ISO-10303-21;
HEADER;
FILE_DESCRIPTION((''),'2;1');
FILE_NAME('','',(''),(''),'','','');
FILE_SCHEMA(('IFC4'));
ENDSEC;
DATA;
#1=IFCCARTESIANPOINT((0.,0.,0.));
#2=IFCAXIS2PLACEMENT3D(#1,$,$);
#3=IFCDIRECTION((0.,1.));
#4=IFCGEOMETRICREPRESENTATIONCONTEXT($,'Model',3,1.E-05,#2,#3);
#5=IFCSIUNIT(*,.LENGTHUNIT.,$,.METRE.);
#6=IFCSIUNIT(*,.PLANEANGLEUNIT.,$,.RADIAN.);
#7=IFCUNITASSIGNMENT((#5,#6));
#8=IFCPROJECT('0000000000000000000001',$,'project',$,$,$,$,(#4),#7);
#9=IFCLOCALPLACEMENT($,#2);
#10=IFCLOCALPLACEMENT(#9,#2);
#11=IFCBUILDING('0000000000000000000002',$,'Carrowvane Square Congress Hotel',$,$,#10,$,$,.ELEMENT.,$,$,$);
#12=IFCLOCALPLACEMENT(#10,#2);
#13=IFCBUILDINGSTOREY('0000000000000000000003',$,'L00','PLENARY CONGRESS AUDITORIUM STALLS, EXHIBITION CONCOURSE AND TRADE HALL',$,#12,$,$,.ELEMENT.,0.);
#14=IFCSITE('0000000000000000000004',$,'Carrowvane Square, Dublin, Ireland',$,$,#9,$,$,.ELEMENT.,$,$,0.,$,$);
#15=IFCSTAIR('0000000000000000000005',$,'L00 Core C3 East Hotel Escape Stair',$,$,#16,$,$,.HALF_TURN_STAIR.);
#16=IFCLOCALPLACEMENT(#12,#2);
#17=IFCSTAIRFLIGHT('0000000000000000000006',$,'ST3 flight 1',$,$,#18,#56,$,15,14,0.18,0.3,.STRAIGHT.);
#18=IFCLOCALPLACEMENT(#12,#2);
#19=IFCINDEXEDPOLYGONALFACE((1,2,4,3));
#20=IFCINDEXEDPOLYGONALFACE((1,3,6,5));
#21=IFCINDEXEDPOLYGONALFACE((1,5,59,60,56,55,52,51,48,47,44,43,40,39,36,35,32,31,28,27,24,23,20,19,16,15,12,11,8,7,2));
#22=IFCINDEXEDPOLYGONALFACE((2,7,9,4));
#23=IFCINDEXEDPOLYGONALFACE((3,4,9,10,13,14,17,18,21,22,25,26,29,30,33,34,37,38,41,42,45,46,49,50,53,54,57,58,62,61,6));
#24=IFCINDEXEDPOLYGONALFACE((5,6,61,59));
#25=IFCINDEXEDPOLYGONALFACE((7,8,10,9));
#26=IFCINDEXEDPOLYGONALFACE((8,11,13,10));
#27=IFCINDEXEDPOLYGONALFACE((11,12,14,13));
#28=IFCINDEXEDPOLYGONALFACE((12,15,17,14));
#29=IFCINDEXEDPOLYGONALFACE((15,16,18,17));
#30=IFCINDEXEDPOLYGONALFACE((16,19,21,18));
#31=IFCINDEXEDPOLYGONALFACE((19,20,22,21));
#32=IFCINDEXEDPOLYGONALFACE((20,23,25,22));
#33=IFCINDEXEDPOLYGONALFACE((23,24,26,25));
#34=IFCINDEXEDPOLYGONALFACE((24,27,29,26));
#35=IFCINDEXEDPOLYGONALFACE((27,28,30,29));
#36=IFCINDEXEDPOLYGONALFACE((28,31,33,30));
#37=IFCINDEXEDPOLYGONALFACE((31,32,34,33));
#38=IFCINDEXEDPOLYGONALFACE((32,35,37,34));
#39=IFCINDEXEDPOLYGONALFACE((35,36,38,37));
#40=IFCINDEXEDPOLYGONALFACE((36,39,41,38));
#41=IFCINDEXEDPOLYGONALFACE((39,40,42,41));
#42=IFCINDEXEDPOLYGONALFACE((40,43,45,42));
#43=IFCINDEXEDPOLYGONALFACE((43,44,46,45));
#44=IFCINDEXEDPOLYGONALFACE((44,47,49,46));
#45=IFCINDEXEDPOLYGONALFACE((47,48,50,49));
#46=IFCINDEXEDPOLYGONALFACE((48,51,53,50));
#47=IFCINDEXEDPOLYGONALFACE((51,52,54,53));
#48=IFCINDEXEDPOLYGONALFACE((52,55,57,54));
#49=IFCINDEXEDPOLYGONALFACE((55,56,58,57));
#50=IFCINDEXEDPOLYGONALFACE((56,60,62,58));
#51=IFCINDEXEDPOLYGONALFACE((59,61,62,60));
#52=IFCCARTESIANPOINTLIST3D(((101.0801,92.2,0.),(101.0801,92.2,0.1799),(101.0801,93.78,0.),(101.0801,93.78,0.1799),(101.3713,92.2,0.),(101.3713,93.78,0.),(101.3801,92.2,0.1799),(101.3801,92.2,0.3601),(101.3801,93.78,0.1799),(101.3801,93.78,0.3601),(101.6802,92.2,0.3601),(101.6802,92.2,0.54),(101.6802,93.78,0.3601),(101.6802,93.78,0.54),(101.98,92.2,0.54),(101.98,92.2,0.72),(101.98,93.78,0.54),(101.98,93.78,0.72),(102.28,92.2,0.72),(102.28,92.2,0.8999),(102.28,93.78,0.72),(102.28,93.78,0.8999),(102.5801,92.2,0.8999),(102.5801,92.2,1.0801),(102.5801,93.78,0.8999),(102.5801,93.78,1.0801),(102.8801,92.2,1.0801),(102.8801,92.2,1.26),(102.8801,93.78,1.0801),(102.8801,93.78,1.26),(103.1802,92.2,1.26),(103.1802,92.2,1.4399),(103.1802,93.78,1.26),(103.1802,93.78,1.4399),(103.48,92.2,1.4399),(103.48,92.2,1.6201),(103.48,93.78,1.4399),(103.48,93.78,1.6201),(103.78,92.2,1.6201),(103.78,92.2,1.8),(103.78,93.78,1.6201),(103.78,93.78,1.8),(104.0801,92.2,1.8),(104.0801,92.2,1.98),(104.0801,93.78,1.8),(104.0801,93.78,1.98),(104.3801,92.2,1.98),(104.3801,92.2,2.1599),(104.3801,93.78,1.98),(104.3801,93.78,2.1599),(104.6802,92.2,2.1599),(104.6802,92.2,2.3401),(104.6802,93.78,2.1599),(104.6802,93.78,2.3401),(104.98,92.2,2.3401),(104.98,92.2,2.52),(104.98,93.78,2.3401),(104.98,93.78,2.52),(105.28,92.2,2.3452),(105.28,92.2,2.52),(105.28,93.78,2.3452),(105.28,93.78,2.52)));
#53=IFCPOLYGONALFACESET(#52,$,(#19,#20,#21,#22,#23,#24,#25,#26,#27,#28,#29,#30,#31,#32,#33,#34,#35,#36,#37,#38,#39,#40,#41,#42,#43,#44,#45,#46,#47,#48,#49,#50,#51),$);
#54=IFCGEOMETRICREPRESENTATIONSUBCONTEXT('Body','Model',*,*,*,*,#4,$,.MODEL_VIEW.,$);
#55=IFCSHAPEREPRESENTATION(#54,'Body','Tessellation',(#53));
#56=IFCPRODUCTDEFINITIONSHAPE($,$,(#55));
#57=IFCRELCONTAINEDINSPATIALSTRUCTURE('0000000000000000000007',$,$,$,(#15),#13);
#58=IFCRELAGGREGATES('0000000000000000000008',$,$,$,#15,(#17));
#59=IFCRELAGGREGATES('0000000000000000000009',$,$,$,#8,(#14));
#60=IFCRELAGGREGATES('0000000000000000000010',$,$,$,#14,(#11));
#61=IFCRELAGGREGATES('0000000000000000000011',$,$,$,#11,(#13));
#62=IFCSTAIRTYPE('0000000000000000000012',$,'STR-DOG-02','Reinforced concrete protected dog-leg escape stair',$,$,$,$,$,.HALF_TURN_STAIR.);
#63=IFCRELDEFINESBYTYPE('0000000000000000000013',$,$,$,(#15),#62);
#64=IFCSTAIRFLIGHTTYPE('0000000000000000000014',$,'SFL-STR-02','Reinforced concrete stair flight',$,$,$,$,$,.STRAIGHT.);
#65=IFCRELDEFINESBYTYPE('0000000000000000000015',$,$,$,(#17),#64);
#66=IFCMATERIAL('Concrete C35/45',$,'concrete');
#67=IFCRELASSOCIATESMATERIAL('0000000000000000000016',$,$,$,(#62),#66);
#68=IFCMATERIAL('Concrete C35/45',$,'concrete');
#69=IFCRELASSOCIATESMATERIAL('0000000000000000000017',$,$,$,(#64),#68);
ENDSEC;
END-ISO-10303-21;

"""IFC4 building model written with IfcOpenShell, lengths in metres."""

from ifc_helpers import new_model, si_unit, direction, frame, origin, place, context, subcontext, project, spatial, polyline, outline, extrude, material, type_object, element, aggregate, save


model = new_model("IFC4")

# Units and contexts
model_context = context("Model", 3, precision=1e-05, world=origin(), true_north=direction((0.0, 1.0)))
body_context = subcontext(model_context, "Body", "Model", "MODEL_VIEW")
ifc_project = project(units=[si_unit("LENGTHUNIT", "METRE"), si_unit("PLANEANGLEUNIT", "RADIAN")], contexts=[model_context])

# Site, building, storey
site_placement = place(None, origin())
site = spatial("IfcSite", under=ifc_project, at=site_placement, Name="Carrowvane Square, Dublin, Ireland", CompositionType="ELEMENT", RefElevation=0.0)
building_placement = place(site_placement, origin())
building = spatial("IfcBuilding", under=site, at=building_placement, Name="Carrowvane Square Congress Hotel", CompositionType="ELEMENT")
storey_placement = place(building_placement, origin())
storey = spatial("IfcBuildingStorey", under=building, at=storey_placement, Name="L00", Description="PLENARY CONGRESS AUDITORIUM STALLS, EXHIBITION CONCOURSE AND TRADE HALL", CompositionType="ELEMENT", Elevation=0.0)

# Stair, stair flight
ifc_material_1 = material(Name="Concrete C35/45", Category="concrete")
stair_type = type_object("IfcStairType", Name="STR-DOG-02", Description="Reinforced concrete protected dog-leg escape stair", PredefinedType="HALF_TURN_STAIR", material=ifc_material_1)
stair_placement = place(storey_placement, origin())
stair = element("IfcStair", 1, at=stair_placement, inside=storey, type_object=stair_type, Name="L00 Core C3 East Hotel Escape Stair", PredefinedType="HALF_TURN_STAIR")
ifc_material_2 = material(Name="Concrete C35/45", Category="concrete")
stair_flight_type = type_object("IfcStairFlightType", Name="SFL-STR-02", Description="Reinforced concrete stair flight", PredefinedType="STRAIGHT", material=ifc_material_2)
stair_flight_placement = place(storey_placement, frame((101.0801, 92.99, 0.0), z_axis=(0.0, 0.0, 1.0), x_axis=(1.0, 0.0, 0.0)))
stair_flight = element("IfcStairFlight", 2, at=stair_flight_placement, type_object=stair_flight_type, Name="ST3 flight 1", NumberOfRisers=15, NumberOfTreads=14, PredefinedType="STRAIGHT", RiserHeight=0.18, TreadLength=0.3, context=body_context, shape_type="SweptSolid", body=[
    extrude(outline(polyline([(0.0, 0.0), (0.0, 0.1799), (0.3, 0.1799), (0.3, 0.3601), (0.6001, 0.3601), (0.6001, 0.54), (0.8999, 0.54), (0.8999, 0.72), (1.2, 0.72), (1.2, 0.8999), (1.5, 0.8999), (1.5, 1.0801), (1.8, 1.0801), (1.8, 1.26), (2.1001, 1.26), (2.1001, 1.4399), (2.3999, 1.4399), (2.3999, 1.6201), (2.7, 1.6201), (2.7, 1.8), (3.0, 1.8), (3.0, 1.98), (3.3, 1.98), (3.3, 2.1599), (3.6001, 2.1599), (3.6001, 2.3401), (3.8999, 2.3401), (3.8999, 2.52), (4.2, 2.52), (4.2, 2.7), (4.2, 2.3452), (0.2913, 0.0), (0.0, 0.0)])), frame((0.0, 0.79, 0.0), z_axis=(0.0, -1.0, 0.0), x_axis=(1.0, 0.0, 0.0)), (0.0, 0.0, 1.0), 1.5801),
])
aggregate(stair, [stair_flight])

save(model, "model.ifc")
